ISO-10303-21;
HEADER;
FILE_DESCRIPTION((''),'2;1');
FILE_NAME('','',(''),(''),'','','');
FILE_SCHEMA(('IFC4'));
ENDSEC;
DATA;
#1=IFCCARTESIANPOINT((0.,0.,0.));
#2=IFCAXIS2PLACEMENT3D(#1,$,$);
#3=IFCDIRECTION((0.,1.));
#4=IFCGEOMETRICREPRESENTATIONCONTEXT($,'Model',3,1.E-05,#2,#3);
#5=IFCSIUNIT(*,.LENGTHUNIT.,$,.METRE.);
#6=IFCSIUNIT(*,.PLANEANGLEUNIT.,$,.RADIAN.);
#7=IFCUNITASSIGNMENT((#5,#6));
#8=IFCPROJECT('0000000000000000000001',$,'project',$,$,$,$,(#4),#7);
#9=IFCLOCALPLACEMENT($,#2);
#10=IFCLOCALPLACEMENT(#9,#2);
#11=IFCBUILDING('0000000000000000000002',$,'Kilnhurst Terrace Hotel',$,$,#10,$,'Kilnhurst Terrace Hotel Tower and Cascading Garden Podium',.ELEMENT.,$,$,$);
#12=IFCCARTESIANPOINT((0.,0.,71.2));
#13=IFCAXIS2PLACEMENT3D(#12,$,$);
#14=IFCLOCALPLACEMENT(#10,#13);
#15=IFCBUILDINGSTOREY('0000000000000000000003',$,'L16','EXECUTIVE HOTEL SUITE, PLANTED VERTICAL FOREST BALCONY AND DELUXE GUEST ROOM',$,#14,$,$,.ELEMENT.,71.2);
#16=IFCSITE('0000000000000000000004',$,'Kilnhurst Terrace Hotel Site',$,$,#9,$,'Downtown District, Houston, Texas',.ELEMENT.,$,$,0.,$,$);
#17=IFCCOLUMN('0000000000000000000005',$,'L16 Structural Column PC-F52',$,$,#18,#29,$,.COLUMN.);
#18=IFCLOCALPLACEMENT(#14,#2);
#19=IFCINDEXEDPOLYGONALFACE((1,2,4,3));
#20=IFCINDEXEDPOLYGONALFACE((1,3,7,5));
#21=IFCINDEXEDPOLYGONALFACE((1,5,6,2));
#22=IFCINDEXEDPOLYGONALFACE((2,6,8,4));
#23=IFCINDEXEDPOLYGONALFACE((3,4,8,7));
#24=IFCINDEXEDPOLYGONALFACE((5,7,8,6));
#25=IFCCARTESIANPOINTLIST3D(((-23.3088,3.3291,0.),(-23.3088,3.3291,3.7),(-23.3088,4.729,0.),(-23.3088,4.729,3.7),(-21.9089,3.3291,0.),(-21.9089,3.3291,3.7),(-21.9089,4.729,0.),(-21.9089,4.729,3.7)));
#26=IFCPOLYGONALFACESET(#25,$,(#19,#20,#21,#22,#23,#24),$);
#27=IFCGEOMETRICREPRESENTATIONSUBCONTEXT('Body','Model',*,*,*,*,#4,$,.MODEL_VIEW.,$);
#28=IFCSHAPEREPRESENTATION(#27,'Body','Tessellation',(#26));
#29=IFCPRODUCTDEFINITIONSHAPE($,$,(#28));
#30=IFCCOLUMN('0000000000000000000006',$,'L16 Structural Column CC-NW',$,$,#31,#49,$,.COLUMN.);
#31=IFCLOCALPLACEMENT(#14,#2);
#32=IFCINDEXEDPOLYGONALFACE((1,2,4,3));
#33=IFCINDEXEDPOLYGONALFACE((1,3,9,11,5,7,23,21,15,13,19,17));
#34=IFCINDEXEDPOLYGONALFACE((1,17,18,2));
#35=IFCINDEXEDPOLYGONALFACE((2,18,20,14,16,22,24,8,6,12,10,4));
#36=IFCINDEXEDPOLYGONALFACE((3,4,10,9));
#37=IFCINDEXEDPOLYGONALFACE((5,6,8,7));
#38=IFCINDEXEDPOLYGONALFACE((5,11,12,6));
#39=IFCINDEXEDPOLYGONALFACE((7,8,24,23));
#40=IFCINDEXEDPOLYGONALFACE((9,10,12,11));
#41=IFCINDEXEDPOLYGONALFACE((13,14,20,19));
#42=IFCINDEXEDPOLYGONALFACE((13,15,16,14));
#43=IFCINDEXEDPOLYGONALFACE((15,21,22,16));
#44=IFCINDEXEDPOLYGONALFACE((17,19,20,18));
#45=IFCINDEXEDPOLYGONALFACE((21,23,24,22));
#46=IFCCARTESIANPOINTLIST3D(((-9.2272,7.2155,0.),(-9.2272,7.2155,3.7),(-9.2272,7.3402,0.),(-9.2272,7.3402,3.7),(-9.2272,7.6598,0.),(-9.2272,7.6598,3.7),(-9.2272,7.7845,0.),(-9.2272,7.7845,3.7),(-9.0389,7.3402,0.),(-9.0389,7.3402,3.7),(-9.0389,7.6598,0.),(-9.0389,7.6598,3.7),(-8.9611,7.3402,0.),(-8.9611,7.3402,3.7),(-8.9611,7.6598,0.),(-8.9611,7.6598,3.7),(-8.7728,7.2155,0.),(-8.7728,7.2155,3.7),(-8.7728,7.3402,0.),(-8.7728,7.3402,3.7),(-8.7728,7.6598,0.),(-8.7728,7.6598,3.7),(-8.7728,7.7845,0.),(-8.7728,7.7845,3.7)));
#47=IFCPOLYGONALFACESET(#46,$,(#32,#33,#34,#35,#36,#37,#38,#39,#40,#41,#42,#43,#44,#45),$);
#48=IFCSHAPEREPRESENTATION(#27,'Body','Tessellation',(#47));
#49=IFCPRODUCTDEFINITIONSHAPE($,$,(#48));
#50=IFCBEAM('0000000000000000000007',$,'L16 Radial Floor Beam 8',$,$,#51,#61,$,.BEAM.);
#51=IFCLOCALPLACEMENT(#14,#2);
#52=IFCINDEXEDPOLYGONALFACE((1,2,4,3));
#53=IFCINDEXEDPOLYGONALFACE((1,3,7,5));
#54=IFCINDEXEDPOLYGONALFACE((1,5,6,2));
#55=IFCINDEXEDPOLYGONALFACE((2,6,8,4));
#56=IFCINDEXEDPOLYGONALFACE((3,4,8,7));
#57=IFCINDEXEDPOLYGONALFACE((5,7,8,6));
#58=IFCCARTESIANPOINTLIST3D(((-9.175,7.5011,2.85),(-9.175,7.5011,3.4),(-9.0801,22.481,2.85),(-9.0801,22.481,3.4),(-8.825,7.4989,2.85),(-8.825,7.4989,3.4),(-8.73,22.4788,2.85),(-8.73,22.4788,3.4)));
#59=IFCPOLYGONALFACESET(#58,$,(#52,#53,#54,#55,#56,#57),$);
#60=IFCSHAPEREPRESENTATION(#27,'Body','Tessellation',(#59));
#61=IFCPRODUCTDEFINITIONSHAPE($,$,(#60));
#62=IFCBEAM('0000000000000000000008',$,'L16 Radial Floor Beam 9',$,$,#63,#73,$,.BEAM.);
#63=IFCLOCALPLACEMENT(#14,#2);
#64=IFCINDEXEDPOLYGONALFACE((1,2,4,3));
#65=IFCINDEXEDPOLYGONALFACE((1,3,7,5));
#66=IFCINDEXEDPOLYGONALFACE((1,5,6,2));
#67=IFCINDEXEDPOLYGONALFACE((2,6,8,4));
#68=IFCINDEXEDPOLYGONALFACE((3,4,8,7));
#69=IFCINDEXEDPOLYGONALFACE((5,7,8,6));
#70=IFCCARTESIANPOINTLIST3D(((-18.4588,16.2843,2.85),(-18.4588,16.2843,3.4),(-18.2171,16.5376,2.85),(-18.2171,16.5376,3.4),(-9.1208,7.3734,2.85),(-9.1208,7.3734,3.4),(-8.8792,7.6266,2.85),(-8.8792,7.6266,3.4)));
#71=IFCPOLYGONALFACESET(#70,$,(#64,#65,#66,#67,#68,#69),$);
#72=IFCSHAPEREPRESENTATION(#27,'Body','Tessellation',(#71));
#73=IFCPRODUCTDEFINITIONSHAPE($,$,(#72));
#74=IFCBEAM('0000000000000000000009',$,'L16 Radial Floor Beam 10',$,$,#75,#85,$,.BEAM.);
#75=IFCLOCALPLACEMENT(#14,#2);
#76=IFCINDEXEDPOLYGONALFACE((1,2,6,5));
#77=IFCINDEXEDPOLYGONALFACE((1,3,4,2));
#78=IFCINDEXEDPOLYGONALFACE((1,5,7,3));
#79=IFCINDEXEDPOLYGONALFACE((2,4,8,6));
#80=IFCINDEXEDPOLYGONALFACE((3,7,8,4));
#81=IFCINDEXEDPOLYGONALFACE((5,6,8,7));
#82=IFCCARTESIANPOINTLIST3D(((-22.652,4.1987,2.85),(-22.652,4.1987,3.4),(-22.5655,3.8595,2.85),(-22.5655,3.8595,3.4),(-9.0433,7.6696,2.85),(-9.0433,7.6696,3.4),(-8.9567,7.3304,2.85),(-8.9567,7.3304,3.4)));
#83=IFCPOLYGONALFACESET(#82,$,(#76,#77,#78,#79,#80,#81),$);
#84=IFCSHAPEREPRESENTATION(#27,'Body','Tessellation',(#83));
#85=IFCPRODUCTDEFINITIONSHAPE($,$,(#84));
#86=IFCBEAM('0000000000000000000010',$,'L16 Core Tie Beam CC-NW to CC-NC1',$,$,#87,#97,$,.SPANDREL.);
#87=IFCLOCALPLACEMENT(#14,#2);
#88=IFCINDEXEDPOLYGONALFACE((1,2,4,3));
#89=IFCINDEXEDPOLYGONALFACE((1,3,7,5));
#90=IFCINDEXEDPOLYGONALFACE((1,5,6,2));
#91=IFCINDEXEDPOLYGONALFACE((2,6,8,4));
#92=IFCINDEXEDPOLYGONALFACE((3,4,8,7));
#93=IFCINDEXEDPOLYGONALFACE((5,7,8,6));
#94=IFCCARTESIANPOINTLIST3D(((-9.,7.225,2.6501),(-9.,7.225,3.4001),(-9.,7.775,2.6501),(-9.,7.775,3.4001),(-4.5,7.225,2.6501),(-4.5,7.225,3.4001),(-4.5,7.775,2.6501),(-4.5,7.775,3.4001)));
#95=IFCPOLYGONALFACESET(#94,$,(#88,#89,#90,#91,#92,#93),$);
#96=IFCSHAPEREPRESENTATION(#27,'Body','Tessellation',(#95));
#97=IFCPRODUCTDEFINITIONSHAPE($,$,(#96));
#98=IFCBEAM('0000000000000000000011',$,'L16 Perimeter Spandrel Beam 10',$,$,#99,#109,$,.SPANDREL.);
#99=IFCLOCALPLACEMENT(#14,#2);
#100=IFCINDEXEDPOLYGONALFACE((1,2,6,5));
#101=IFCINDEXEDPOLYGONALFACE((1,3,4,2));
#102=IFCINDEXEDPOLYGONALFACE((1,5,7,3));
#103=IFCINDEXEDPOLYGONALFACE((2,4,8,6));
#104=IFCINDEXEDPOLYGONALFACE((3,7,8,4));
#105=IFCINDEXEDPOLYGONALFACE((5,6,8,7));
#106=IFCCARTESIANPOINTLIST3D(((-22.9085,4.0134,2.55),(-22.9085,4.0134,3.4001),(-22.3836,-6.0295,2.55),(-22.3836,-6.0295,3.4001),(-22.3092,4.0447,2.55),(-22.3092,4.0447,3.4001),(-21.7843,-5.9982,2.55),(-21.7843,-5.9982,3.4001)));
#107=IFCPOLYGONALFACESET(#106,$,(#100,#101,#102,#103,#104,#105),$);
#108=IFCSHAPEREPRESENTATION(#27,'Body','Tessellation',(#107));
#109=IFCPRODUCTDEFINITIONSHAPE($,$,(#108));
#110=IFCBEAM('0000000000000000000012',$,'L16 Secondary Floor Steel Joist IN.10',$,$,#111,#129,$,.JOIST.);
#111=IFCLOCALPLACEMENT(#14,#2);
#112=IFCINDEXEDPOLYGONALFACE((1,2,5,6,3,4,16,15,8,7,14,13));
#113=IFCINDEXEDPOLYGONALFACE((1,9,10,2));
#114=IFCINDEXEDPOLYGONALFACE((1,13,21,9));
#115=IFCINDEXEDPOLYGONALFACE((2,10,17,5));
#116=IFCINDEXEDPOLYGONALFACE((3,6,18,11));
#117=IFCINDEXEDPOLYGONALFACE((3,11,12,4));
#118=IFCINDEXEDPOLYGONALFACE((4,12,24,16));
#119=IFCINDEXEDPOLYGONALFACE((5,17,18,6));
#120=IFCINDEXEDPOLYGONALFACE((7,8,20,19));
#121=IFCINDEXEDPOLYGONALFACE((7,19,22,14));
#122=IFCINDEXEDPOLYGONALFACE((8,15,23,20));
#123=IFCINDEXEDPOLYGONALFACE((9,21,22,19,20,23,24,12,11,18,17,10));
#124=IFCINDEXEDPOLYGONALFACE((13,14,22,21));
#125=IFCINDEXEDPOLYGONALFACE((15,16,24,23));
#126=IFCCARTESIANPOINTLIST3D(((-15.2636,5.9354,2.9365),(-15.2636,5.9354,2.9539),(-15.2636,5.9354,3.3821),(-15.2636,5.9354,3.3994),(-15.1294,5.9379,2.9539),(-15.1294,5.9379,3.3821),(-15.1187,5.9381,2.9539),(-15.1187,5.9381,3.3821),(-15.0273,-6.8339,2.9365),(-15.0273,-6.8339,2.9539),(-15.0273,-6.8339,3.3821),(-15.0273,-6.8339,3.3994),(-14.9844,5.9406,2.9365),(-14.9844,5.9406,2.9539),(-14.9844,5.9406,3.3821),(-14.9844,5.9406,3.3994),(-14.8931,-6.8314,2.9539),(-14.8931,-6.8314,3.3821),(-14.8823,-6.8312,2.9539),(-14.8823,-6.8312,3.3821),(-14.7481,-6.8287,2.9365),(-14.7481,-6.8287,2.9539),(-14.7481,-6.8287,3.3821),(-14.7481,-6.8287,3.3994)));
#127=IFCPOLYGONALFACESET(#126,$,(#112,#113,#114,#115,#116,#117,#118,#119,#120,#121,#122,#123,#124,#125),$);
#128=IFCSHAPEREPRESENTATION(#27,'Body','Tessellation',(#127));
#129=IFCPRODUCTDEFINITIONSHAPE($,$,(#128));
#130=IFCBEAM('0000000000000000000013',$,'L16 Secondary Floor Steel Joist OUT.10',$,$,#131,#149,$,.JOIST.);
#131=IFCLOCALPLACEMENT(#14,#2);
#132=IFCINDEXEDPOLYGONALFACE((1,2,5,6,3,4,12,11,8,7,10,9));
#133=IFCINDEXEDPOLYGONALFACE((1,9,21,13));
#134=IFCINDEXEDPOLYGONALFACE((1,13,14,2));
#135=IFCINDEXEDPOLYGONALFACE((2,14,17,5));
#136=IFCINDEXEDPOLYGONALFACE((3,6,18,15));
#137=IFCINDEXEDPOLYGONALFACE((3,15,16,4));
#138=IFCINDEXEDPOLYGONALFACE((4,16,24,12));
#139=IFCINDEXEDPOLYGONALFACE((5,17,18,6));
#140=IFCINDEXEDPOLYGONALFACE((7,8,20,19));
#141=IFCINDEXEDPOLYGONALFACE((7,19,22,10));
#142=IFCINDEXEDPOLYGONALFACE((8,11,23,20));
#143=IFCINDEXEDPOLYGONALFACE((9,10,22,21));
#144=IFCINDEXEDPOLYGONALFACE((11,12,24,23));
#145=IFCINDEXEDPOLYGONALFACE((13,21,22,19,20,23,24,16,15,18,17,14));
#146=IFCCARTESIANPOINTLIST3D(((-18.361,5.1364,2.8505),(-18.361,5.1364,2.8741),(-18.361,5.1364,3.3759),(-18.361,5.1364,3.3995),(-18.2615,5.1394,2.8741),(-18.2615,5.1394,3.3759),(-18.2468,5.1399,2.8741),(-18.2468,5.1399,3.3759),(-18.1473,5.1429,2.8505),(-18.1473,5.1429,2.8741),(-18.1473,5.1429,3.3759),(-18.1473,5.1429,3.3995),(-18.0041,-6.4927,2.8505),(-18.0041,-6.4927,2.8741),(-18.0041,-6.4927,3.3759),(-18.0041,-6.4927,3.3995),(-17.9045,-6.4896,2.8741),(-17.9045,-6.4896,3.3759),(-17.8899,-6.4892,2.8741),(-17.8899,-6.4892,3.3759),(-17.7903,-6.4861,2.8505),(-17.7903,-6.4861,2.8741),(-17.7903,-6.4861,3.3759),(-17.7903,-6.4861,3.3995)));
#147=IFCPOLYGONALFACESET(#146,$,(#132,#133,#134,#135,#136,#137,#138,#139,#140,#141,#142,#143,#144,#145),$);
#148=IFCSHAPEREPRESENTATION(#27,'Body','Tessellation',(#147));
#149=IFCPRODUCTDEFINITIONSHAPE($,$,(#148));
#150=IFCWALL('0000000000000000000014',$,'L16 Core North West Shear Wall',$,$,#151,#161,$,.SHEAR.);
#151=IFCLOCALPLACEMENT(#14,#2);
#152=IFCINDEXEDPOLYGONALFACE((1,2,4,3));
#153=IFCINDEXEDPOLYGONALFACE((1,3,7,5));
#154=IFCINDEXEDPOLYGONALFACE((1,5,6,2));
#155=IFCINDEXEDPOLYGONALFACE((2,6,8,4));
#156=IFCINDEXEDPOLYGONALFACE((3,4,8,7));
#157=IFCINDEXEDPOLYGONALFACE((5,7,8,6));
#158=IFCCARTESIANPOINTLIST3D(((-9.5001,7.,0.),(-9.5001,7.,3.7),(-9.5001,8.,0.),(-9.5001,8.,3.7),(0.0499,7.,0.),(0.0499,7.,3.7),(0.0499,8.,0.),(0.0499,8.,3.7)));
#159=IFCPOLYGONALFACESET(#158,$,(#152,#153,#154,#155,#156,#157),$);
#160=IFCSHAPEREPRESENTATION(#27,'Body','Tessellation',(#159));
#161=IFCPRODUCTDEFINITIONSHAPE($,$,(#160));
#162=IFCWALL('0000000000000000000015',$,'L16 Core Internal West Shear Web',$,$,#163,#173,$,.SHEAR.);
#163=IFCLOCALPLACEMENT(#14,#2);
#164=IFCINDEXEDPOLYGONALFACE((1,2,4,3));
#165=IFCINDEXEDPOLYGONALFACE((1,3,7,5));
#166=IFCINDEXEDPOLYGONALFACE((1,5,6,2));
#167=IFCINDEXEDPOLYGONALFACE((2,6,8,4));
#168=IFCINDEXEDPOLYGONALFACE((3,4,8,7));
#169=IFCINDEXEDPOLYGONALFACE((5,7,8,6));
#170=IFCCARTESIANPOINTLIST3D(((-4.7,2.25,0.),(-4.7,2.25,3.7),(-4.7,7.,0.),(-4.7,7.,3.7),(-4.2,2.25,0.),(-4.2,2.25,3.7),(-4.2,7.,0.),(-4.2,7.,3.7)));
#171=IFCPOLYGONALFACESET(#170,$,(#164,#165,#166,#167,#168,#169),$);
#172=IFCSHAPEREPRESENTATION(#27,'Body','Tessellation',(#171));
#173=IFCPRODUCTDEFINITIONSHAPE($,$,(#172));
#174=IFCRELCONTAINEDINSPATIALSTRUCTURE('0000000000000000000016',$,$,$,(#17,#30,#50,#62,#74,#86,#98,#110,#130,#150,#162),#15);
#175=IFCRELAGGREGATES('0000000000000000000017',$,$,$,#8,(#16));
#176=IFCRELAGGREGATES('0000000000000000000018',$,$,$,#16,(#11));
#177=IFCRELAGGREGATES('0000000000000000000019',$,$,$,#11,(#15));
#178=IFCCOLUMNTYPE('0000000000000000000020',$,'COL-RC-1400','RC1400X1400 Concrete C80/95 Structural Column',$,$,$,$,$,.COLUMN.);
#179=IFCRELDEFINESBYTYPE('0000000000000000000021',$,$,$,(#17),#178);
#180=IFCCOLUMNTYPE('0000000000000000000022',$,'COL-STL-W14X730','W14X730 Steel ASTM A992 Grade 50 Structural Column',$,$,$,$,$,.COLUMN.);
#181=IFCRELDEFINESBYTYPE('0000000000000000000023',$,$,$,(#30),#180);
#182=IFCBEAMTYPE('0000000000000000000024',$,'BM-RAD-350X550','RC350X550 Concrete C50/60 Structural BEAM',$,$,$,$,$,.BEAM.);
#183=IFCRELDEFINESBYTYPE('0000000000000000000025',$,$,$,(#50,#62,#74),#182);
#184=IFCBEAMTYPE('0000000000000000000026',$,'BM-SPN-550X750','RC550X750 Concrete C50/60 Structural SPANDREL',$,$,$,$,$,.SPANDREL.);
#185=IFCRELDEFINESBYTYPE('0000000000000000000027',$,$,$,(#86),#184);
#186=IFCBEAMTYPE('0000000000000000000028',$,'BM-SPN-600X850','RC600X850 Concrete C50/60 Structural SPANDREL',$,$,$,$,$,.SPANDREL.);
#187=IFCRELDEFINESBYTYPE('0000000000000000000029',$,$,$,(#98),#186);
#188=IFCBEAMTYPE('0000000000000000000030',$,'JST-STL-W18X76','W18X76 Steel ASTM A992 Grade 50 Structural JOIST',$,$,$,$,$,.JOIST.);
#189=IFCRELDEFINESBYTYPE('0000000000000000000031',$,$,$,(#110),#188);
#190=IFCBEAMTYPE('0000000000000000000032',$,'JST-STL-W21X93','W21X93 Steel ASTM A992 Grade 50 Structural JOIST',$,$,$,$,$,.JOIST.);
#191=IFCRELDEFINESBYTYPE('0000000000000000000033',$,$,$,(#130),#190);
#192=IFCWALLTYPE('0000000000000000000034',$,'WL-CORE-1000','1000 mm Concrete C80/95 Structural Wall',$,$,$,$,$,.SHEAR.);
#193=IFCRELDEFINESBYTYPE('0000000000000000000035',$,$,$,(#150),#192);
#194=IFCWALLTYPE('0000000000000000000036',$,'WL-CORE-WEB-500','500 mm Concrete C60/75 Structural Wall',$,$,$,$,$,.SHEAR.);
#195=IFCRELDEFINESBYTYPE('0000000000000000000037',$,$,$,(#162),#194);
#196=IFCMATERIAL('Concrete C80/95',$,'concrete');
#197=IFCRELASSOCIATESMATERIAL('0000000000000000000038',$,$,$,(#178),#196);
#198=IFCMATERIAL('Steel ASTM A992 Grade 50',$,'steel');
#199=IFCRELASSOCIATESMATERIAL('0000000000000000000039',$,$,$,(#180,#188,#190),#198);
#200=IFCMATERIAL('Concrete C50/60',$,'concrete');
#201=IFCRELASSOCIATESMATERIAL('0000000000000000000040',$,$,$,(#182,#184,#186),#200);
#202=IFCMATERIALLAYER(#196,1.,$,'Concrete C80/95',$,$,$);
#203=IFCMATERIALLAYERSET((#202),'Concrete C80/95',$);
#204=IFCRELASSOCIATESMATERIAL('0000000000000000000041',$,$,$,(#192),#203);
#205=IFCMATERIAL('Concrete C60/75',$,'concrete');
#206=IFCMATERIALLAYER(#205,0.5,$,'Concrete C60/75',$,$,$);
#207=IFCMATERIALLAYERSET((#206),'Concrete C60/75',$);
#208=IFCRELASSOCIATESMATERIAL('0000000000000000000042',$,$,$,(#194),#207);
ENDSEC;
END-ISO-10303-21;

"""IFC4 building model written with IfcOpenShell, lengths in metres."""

from ifc_helpers import new_model, si_unit, direction, frame, frame_2d, origin, origin_2d, place, context, subcontext, project, spatial, rectangle, i_section, extrude, material, layer, layer_set, material_profile, profile_set, type_object, element, save


model = new_model("IFC4")

# Units and contexts
model_context = context("Model", 3, precision=1e-05, world=origin(), true_north=direction((0.0, 1.0)))
body_context = subcontext(model_context, "Body", "Model", "MODEL_VIEW")
ifc_project = project(units=[si_unit("LENGTHUNIT", "METRE"), si_unit("PLANEANGLEUNIT", "RADIAN")], contexts=[model_context])

# Site, building, storey
site_placement = place(None, origin())
site = spatial("IfcSite", under=ifc_project, at=site_placement, Name="Kilnhurst Terrace Hotel Site", LongName="Downtown District, Houston, Texas", CompositionType="ELEMENT", RefElevation=0.0)
building_placement = place(site_placement, origin())
building = spatial("IfcBuilding", under=site, at=building_placement, Name="Kilnhurst Terrace Hotel", LongName="Kilnhurst Terrace Hotel Tower and Cascading Garden Podium", CompositionType="ELEMENT")
storey_placement = place(building_placement, frame((0.0, 0.0, 71.2)))
storey = spatial("IfcBuildingStorey", under=building, at=storey_placement, Name="L16", Description="EXECUTIVE HOTEL SUITE, PLANTED VERTICAL FOREST BALCONY AND DELUXE GUEST ROOM", CompositionType="ELEMENT", Elevation=71.2)

# Columns
ifc_material_1 = material(Name="Concrete C80/95", Category="concrete")
ifc_material_profile_1 = material_profile(ifc_material_1, rectangle(XDim=1.3999, YDim=1.3999, at=origin_2d()), Name="RC1400X1400")
ifc_profile_set_1 = profile_set([ifc_material_profile_1], Name="Concrete C80/95")
column_type_1 = type_object("IfcColumnType", Name="COL-RC-1400", Description="RC1400X1400 Concrete C80/95 Structural Column", PredefinedType="COLUMN", material=ifc_profile_set_1)
column_1_placement = place(storey_placement, frame((-22.6089, 4.0291, 0.0), z_axis=(0.0, 0.0, 1.0), x_axis=(1.0, 0.0, 0.0)))
element("IfcColumn", 1, at=column_1_placement, inside=storey, type_object=column_type_1, Name="L16 Structural Column PC-F52", PredefinedType="COLUMN", context=body_context, shape_type="SweptSolid", body=[
    extrude(rectangle(XDim=1.3999, YDim=1.3999, at=origin_2d()), origin(), (0.0, 0.0, 1.0), 3.7),
])
ifc_material_2 = material(Name="Steel ASTM A992 Grade 50", Category="steel")
ifc_material_profile_2 = material_profile(ifc_material_2, i_section(OverallWidth=0.4543, OverallDepth=0.5691, WebThickness=0.0779, FlangeThickness=0.1248, at=origin_2d()), Name="W14X730")
ifc_profile_set_2 = profile_set([ifc_material_profile_2], Name="Steel ASTM A992 Grade 50")
column_type_2 = type_object("IfcColumnType", Name="COL-STL-W14X730", Description="W14X730 Steel ASTM A992 Grade 50 Structural Column", PredefinedType="COLUMN", material=ifc_profile_set_2)
column_2_placement = place(storey_placement, frame((-9.0, 7.5, 0.0), z_axis=(0.0, 0.0, 1.0), x_axis=(1.0, 0.0, 0.0)))
element("IfcColumn", 2, at=column_2_placement, inside=storey, type_object=column_type_2, Name="L16 Structural Column CC-NW", PredefinedType="COLUMN", context=body_context, shape_type="SweptSolid", body=[
    extrude(i_section(OverallWidth=0.4543, OverallDepth=0.5691, WebThickness=0.0779, FlangeThickness=0.1248, at=origin_2d()), origin(), (0.0, 0.0, 1.0), 3.7),
])

# Beams
ifc_material_3 = material(Name="Concrete C50/60", Category="concrete")
ifc_material_profile_3 = material_profile(ifc_material_3, rectangle(XDim=0.3501, YDim=0.55, at=origin_2d()), Name="RC350X550")
ifc_profile_set_3 = profile_set([ifc_material_profile_3], Name="Concrete C50/60")
beam_type_1 = type_object("IfcBeamType", Name="BM-RAD-350X550", Description="RC350X550 Concrete C50/60 Structural BEAM", PredefinedType="BEAM", material=ifc_profile_set_3)
beam_1_placement = place(storey_placement, frame((-9.0, 7.5, 3.125), z_axis=(0.00634, 0.99998, 0.0), x_axis=(-0.99998, 0.00634, 0.0)))
element("IfcBeam", 3, at=beam_1_placement, inside=storey, type_object=beam_type_1, Name="L16 Radial Floor Beam 8", PredefinedType="BEAM", context=body_context, shape_type="SweptSolid", body=[
    extrude(rectangle(XDim=0.3501, YDim=0.55, at=origin_2d()), origin(), (0.0, 0.0, 1.0), 14.9802),
])
beam_2_placement = place(storey_placement, frame((-9.0, 7.5, 3.125), z_axis=(-0.723454, 0.690372, 0.0), x_axis=(-0.690372, -0.723454, 0.0)))
element("IfcBeam", 4, at=beam_2_placement, inside=storey, type_object=beam_type_1, Name="L16 Radial Floor Beam 9", PredefinedType="BEAM", context=body_context, shape_type="SweptSolid", body=[
    extrude(rectangle(XDim=0.3501, YDim=0.55, at=origin_2d()), origin(), (0.0, 0.0, 1.0), 12.9075),
])
beam_3_placement = place(storey_placement, frame((-9.0, 7.5, 3.125), z_axis=(-0.96898, -0.247138, 0.0), x_axis=(0.247138, -0.96898, 0.0)))
element("IfcBeam", 5, at=beam_3_placement, inside=storey, type_object=beam_type_1, Name="L16 Radial Floor Beam 10", PredefinedType="BEAM", context=body_context, shape_type="SweptSolid", body=[
    extrude(rectangle(XDim=0.3501, YDim=0.55, at=origin_2d()), origin(), (0.0, 0.0, 1.0), 14.0444),
])
ifc_material_profile_4 = material_profile(ifc_material_3, rectangle(XDim=0.55, YDim=0.75, at=origin_2d()), Name="RC550X750")
ifc_profile_set_4 = profile_set([ifc_material_profile_4], Name="Concrete C50/60")
beam_type_2 = type_object("IfcBeamType", Name="BM-SPN-550X750", Description="RC550X750 Concrete C50/60 Structural SPANDREL", PredefinedType="SPANDREL", material=ifc_profile_set_4)
beam_4_placement = place(storey_placement, frame((-9.0, 7.5, 3.0251), z_axis=(1.0, 0.0, 0.0), x_axis=(0.0, 1.0, 0.0)))
element("IfcBeam", 6, at=beam_4_placement, inside=storey, type_object=beam_type_2, Name="L16 Core Tie Beam CC-NW to CC-NC1", PredefinedType="SPANDREL", context=body_context, shape_type="SweptSolid", body=[
    extrude(rectangle(XDim=0.55, YDim=0.75, at=origin_2d()), origin(), (0.0, 0.0, 1.0), 4.5),
])
ifc_material_profile_5 = material_profile(ifc_material_3, rectangle(XDim=0.6001, YDim=0.8501, at=origin_2d()), Name="RC600X850")
ifc_profile_set_5 = profile_set([ifc_material_profile_5], Name="Concrete C50/60")
beam_type_3 = type_object("IfcBeamType", Name="BM-SPN-600X850", Description="RC600X850 Concrete C50/60 Structural SPANDREL", PredefinedType="SPANDREL", material=ifc_profile_set_5)
beam_5_placement = place(storey_placement, frame((-22.6089, 4.0291, 2.9751), z_axis=(0.052194, -0.998637, 0.0), x_axis=(0.998637, 0.052194, 0.0)))
element("IfcBeam", 7, at=beam_5_placement, inside=storey, type_object=beam_type_3, Name="L16 Perimeter Spandrel Beam 10", PredefinedType="SPANDREL", context=body_context, shape_type="SweptSolid", body=[
    extrude(rectangle(XDim=0.6001, YDim=0.8501, at=origin_2d()), origin(), (0.0, 0.0, 1.0), 10.0566),
])
ifc_material_profile_6 = material_profile(ifc_material_2, i_section(OverallWidth=0.2793, OverallDepth=0.4629, WebThickness=0.0107, FlangeThickness=0.0173, at=origin_2d()), Name="W18X76")
ifc_profile_set_6 = profile_set([ifc_material_profile_6], Name="Steel ASTM A992 Grade 50")
beam_type_4 = type_object("IfcBeamType", Name="JST-STL-W18X76", Description="W18X76 Steel ASTM A992 Grade 50 Structural JOIST", PredefinedType="JOIST", material=ifc_profile_set_6)
beam_6_placement = place(storey_placement, frame((-15.124, 5.938, 3.168), z_axis=(0.018504, -0.999829, 0.0), x_axis=(0.999829, 0.018504, 0.0)))
element("IfcBeam", 8, at=beam_6_placement, inside=storey, type_object=beam_type_4, Name="L16 Secondary Floor Steel Joist IN.10", PredefinedType="JOIST", context=body_context, shape_type="SweptSolid", body=[
    extrude(i_section(OverallWidth=0.2793, OverallDepth=0.4629, WebThickness=0.0107, FlangeThickness=0.0173, at=origin_2d()), origin(), (0.0, 0.0, 1.0), 12.7715),
])
ifc_material_profile_7 = material_profile(ifc_material_2, i_section(OverallWidth=0.2139, OverallDepth=0.5491, WebThickness=0.0146, FlangeThickness=0.0237, at=origin_2d()), Name="W21X93")
ifc_profile_set_7 = profile_set([ifc_material_profile_7], Name="Steel ASTM A992 Grade 50")
beam_type_5 = type_object("IfcBeamType", Name="JST-STL-W21X93", Description="W21X93 Steel ASTM A992 Grade 50 Structural JOIST", PredefinedType="JOIST", material=ifc_profile_set_7)
beam_7_placement = place(storey_placement, frame((-18.2542, 5.1396, 3.125), z_axis=(0.030679, -0.999529, 0.0), x_axis=(0.999529, 0.030679, 0.0)))
element("IfcBeam", 9, at=beam_7_placement, inside=storey, type_object=beam_type_5, Name="L16 Secondary Floor Steel Joist OUT.10", PredefinedType="JOIST", context=body_context, shape_type="SweptSolid", body=[
    extrude(i_section(OverallWidth=0.2139, OverallDepth=0.5491, WebThickness=0.0146, FlangeThickness=0.0237, at=origin_2d()), origin(), (0.0, 0.0, 1.0), 11.6345),
])

# Walls
ifc_layer_1 = layer(ifc_material_1, 1.0, Name="Concrete C80/95")
ifc_layer_set_1 = layer_set([ifc_layer_1], Name="Concrete C80/95")
wall_type_1 = type_object("IfcWallType", Name="WL-CORE-1000", Description="1000 mm Concrete C80/95 Structural Wall", PredefinedType="SHEAR", material=ifc_layer_set_1)
wall_1_placement = place(storey_placement, frame((-9.5, 7.5, 0.0), z_axis=(0.0, 0.0, 1.0), x_axis=(1.0, 0.0, 0.0)))
element("IfcWall", 10, at=wall_1_placement, inside=storey, type_object=wall_type_1, Name="L16 Core North West Shear Wall", PredefinedType="SHEAR", context=body_context, shape_type="SweptSolid", body=[
    extrude(rectangle(XDim=9.55, YDim=1.0, at=frame_2d((4.7749, 0.0))), origin(), (0.0, 0.0, 1.0), 3.7),
])
ifc_material_4 = material(Name="Concrete C60/75", Category="concrete")
ifc_layer_2 = layer(ifc_material_4, 0.5, Name="Concrete C60/75")
ifc_layer_set_2 = layer_set([ifc_layer_2], Name="Concrete C60/75")
wall_type_2 = type_object("IfcWallType", Name="WL-CORE-WEB-500", Description="500 mm Concrete C60/75 Structural Wall", PredefinedType="SHEAR", material=ifc_layer_set_2)
wall_2_placement = place(storey_placement, frame((-4.45, 2.25, 0.0), z_axis=(0.0, 0.0, 1.0), x_axis=(0.0, 1.0, 0.0)))
element("IfcWall", 11, at=wall_2_placement, inside=storey, type_object=wall_type_2, Name="L16 Core Internal West Shear Web", PredefinedType="SHEAR", context=body_context, shape_type="SweptSolid", body=[
    extrude(rectangle(XDim=4.75, YDim=0.5, at=frame_2d((2.375, 0.0))), origin(), (0.0, 0.0, 1.0), 3.7),
])

save(model, "model.ifc")
